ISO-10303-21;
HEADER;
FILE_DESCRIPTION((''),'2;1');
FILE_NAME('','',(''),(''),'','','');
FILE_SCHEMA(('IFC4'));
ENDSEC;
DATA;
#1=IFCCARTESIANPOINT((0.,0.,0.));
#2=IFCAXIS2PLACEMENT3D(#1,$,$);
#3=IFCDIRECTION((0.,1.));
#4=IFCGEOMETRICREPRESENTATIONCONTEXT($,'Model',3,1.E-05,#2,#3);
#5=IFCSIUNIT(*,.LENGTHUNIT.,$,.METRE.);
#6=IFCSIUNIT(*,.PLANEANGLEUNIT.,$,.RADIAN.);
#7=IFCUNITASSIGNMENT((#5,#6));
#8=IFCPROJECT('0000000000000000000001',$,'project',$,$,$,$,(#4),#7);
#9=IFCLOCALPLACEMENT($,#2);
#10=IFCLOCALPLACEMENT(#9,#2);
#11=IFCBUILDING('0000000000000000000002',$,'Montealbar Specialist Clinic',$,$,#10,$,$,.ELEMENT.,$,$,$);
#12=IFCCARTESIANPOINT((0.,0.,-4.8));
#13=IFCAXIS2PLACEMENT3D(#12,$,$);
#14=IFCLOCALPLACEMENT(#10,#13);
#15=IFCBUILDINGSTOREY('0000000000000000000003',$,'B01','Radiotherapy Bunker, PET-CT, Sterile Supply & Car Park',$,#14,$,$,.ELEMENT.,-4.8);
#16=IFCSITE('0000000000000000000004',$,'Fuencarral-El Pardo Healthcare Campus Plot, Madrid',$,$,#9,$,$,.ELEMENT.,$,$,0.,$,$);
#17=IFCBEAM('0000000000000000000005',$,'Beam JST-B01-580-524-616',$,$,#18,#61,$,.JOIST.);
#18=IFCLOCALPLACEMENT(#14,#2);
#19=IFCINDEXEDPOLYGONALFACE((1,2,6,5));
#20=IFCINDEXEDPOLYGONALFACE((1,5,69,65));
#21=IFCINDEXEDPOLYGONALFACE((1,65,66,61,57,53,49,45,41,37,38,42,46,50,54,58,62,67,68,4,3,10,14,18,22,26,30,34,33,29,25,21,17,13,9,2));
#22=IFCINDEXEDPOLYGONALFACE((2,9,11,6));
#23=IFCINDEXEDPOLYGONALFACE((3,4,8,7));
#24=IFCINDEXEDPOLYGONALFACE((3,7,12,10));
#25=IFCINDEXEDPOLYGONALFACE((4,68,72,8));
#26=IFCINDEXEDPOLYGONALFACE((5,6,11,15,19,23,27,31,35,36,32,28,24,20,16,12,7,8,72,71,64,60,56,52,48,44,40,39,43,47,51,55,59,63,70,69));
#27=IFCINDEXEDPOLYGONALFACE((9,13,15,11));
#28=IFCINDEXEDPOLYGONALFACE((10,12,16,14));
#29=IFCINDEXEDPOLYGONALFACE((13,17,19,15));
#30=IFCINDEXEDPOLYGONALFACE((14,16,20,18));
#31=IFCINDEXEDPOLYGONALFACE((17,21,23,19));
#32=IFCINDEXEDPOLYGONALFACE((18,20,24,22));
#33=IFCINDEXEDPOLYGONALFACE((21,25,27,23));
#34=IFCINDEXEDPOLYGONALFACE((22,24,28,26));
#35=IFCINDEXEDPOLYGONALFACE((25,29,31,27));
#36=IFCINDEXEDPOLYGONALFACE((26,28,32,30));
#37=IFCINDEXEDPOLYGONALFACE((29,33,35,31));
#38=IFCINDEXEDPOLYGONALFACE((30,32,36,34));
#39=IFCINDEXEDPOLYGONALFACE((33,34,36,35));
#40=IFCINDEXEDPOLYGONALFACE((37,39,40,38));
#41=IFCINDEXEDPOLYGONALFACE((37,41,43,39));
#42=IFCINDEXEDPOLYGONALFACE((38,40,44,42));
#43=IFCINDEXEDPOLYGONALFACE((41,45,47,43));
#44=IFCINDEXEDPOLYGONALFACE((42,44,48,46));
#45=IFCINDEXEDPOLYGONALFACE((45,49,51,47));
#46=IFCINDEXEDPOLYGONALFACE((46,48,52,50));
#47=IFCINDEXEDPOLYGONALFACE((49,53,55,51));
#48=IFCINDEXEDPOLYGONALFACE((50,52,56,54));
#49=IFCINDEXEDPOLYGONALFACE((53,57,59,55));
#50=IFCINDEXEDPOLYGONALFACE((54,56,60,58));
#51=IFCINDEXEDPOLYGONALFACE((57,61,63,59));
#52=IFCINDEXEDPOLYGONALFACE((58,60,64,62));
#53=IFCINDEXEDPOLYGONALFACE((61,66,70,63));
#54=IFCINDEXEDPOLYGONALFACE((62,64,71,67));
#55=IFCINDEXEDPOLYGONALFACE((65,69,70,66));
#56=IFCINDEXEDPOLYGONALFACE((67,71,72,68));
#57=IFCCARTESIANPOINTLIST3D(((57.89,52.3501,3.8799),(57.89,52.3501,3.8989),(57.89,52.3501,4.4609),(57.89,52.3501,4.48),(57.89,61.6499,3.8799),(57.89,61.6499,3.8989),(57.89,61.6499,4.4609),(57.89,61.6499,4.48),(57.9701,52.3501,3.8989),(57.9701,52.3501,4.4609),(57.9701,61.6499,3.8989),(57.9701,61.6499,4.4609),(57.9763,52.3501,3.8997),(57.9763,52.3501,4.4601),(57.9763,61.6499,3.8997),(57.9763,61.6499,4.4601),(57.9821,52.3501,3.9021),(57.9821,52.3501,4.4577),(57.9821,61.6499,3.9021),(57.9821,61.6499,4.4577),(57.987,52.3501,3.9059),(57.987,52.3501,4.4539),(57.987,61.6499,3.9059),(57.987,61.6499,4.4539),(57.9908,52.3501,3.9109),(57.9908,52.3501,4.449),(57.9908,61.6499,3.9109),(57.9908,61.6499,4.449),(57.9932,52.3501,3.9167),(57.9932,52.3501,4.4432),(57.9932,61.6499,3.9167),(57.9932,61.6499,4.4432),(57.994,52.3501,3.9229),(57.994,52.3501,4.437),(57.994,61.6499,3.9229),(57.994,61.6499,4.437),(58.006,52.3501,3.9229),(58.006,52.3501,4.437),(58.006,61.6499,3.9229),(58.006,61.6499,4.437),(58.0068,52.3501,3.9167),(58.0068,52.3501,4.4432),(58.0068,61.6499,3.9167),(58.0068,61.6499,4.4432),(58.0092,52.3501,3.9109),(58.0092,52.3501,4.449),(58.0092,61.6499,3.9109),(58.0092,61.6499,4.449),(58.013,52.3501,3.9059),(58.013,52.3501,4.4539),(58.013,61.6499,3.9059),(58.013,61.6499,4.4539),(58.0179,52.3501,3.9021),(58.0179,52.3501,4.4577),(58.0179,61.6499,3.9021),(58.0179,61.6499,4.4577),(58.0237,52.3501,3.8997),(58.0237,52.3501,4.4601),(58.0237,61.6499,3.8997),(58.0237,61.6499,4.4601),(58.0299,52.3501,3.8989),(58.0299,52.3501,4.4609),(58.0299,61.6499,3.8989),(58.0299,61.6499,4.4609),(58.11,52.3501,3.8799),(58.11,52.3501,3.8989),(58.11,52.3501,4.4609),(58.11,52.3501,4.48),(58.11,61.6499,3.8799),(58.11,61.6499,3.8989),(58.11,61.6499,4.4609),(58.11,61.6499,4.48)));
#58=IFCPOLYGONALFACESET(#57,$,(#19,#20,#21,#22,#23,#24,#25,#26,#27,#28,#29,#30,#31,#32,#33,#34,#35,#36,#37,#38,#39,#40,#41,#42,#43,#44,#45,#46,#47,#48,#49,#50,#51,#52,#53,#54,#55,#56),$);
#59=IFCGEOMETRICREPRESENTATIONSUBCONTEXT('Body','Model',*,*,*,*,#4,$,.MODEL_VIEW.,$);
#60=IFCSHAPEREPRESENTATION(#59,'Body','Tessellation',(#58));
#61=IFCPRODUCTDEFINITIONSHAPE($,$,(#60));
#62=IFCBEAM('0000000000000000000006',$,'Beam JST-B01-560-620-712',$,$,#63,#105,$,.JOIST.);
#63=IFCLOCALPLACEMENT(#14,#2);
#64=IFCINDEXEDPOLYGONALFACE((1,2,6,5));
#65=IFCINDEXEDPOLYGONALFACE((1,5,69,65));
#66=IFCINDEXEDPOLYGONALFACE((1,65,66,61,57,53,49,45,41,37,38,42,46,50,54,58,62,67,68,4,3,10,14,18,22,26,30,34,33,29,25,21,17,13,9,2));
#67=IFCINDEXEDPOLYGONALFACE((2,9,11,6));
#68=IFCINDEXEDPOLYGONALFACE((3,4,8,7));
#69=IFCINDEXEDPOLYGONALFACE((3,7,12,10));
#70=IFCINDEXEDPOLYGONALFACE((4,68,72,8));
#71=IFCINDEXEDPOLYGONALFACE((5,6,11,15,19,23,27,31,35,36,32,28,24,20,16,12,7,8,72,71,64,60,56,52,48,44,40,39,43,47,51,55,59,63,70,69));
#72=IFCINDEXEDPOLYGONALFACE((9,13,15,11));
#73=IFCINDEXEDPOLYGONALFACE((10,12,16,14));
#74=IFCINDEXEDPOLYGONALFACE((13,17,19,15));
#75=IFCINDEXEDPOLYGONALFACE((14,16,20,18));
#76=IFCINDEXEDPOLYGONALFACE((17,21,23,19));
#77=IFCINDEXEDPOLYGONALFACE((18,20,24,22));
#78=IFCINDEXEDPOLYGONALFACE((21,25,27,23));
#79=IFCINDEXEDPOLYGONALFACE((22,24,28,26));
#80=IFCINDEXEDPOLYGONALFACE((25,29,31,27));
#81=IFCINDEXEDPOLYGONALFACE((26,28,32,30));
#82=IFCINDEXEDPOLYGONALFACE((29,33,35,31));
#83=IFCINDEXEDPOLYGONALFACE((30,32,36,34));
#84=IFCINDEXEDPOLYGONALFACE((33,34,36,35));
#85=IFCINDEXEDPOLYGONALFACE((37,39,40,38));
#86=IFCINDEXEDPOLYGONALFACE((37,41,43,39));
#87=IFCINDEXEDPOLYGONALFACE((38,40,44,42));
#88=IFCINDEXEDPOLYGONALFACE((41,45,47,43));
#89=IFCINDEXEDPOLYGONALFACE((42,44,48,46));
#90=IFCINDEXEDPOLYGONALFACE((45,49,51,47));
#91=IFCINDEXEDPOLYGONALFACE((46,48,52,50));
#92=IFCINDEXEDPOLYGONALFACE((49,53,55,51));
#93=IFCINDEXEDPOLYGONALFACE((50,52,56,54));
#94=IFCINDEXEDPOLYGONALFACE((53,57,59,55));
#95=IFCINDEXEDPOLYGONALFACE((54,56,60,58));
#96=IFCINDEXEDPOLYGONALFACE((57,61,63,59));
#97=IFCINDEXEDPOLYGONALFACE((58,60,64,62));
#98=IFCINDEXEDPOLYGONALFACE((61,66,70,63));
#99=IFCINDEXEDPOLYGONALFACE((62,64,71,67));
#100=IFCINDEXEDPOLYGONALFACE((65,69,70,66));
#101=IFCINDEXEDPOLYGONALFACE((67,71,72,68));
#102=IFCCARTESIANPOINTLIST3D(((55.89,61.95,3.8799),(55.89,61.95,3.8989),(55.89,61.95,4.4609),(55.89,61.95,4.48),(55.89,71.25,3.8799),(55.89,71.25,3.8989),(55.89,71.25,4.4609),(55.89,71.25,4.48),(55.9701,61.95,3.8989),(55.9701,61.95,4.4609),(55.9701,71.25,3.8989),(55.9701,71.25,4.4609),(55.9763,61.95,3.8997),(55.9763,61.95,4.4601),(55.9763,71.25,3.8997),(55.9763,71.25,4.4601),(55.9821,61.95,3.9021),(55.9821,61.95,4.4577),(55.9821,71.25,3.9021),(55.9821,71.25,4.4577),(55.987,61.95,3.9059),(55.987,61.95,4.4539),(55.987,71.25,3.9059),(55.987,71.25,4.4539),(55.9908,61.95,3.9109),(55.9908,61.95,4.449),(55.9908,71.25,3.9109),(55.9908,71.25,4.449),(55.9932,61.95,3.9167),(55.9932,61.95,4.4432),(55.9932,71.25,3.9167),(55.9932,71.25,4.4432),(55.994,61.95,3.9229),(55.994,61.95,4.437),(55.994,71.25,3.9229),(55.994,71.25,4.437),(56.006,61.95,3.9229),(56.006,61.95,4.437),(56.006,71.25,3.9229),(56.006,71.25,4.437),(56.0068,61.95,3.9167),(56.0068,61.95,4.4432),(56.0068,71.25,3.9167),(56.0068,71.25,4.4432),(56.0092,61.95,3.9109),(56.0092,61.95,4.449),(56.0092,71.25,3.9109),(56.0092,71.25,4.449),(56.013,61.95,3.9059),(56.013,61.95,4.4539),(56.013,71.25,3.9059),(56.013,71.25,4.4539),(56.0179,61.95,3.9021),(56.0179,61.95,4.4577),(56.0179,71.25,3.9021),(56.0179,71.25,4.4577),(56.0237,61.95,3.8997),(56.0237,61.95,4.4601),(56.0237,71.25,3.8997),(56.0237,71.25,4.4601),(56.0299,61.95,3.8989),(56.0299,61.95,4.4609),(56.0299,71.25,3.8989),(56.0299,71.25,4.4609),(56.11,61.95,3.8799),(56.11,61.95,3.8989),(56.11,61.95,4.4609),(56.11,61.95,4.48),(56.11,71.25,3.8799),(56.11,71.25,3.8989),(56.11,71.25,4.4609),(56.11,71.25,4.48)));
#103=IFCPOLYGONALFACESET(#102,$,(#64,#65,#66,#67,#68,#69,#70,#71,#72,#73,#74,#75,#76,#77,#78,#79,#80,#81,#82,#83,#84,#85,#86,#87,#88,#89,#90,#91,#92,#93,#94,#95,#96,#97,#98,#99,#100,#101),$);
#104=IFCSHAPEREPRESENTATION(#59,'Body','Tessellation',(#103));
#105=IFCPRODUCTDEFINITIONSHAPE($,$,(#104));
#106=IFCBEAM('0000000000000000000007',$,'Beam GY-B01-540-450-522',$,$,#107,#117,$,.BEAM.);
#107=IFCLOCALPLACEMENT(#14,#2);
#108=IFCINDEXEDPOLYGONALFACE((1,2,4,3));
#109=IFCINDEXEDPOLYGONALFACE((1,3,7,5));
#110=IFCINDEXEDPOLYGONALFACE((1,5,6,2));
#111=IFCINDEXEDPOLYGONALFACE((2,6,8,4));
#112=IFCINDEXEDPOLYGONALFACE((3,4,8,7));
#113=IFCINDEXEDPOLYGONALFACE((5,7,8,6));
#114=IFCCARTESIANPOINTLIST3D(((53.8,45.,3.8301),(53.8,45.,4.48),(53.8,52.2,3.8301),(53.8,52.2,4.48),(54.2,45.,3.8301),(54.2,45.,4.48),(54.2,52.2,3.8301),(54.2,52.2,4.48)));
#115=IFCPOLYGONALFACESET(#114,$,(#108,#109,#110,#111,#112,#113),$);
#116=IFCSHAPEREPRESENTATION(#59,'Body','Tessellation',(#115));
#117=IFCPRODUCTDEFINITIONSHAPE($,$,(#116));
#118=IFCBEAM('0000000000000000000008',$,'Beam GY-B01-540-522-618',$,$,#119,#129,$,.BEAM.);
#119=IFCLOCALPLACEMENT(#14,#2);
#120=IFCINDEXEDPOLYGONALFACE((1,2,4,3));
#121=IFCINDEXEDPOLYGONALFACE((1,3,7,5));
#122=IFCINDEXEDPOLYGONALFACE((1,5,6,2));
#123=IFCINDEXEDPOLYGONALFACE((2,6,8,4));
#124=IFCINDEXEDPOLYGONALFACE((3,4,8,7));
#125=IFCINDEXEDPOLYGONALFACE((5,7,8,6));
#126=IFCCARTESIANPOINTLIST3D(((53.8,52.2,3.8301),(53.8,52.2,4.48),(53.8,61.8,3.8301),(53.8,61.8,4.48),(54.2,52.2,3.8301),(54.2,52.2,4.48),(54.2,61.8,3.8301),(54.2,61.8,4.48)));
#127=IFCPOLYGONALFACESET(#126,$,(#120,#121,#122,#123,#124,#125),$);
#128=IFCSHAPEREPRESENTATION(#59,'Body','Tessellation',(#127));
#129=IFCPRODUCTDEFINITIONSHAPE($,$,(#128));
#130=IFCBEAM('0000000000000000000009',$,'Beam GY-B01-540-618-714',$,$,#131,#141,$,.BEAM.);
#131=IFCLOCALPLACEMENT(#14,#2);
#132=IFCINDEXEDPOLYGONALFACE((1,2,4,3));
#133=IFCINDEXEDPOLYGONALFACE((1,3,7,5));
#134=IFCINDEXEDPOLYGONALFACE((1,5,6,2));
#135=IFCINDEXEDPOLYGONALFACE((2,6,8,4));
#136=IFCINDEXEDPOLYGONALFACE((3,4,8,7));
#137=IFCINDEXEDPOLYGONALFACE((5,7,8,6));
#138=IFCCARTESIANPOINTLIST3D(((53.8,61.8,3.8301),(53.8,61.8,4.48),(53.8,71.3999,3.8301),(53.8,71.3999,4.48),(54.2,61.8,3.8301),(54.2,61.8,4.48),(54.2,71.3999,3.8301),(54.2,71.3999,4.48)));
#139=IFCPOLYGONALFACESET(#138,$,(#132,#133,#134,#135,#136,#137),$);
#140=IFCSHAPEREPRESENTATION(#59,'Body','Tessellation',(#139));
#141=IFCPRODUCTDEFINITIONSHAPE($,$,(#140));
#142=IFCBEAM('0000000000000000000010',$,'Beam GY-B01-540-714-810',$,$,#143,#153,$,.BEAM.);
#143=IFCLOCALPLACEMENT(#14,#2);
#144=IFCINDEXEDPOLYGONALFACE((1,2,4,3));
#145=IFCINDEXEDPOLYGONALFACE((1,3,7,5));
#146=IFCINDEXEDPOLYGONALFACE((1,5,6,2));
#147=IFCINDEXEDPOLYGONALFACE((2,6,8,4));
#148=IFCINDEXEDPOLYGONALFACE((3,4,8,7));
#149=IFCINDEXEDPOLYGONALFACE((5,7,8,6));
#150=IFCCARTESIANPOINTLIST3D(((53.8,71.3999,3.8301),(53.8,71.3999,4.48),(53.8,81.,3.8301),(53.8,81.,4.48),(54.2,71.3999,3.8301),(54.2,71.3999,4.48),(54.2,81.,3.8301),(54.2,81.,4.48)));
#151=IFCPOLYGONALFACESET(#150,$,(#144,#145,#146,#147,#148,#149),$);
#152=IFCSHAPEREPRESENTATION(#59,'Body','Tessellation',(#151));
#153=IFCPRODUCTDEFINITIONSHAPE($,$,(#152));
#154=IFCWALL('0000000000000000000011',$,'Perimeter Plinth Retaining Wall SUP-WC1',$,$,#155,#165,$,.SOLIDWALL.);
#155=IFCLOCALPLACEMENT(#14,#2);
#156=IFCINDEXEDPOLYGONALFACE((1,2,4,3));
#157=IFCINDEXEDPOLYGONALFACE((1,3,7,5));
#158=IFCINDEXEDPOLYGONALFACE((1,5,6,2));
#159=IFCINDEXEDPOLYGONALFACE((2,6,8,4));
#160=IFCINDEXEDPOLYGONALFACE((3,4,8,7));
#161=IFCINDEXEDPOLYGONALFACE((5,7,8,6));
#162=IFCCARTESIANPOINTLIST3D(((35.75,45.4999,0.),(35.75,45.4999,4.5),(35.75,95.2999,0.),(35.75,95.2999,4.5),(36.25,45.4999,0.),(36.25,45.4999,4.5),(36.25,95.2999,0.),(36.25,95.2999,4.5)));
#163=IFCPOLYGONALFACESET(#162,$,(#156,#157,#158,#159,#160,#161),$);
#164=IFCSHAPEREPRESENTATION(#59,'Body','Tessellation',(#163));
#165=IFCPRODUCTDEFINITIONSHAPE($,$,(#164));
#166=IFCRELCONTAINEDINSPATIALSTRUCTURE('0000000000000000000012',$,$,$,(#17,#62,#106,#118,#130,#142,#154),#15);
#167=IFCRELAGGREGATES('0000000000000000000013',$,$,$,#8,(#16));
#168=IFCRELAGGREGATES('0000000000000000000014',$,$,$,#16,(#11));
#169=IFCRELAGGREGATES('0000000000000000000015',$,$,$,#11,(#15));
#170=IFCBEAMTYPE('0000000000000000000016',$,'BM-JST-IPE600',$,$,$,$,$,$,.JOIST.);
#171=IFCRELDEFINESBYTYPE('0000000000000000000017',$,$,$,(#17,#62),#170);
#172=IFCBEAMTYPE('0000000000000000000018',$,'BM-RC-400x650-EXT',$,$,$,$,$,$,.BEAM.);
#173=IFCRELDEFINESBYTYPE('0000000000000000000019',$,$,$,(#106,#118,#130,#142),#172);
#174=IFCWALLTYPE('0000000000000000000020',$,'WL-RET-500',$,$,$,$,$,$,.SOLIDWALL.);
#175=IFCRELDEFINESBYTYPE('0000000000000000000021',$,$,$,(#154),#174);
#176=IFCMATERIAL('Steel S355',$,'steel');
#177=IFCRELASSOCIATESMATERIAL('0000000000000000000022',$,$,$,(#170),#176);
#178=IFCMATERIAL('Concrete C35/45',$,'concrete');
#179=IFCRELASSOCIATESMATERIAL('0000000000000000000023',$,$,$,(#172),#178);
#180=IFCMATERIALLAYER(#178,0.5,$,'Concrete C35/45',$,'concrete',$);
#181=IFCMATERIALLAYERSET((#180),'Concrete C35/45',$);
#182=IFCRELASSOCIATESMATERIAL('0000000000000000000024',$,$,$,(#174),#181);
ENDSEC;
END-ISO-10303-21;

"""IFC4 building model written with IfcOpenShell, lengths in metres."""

from ifc_helpers import new_model, si_unit, direction, frame, frame_2d, origin, origin_2d, place, context, subcontext, project, spatial, rectangle, i_section, extrude, material, layer, layer_set, material_profile, profile_set, type_object, element, save


model = new_model("IFC4")

# Units and contexts
model_context = context("Model", 3, precision=1e-05, world=origin(), true_north=direction((0.0, 1.0)))
body_context = subcontext(model_context, "Body", "Model", "MODEL_VIEW")
ifc_project = project(units=[si_unit("LENGTHUNIT", "METRE"), si_unit("PLANEANGLEUNIT", "RADIAN")], contexts=[model_context])

# Site, building, storey
site_placement = place(None, origin())
site = spatial("IfcSite", under=ifc_project, at=site_placement, Name="Fuencarral-El Pardo Healthcare Campus Plot, Madrid", CompositionType="ELEMENT", RefElevation=0.0)
building_placement = place(site_placement, origin())
building = spatial("IfcBuilding", under=site, at=building_placement, Name="Montealbar Specialist Clinic", CompositionType="ELEMENT")
storey_placement = place(building_placement, frame((0.0, 0.0, -4.8)))
storey = spatial("IfcBuildingStorey", under=building, at=storey_placement, Name="B01", Description="Radiotherapy Bunker, PET-CT, Sterile Supply & Car Park", CompositionType="ELEMENT", Elevation=-4.8)

# Shared definitions
ifc_material_1 = material(Name="Concrete C35/45", Category="concrete")

# Shared definitions
ifc_material_2 = material(Name="Steel S355", Category="steel")

# Beams
ifc_material_profile_1 = material_profile(ifc_material_2, i_section(OverallWidth=0.22, OverallDepth=0.6001, WebThickness=0.012, FlangeThickness=0.019, FilletRadius=0.0239, at=origin_2d()), Name="IPE 600", Category="steel")
ifc_profile_set_1 = profile_set([ifc_material_profile_1], Name="Steel S355")
beam_type_1 = type_object("IfcBeamType", Name="BM-JST-IPE600", PredefinedType="JOIST", material=ifc_profile_set_1)
beam_1_placement = place(storey_placement, frame((58.0, 52.3501, 4.1799), z_axis=(0.0, 1.0, 0.0), x_axis=(-1.0, 0.0, 0.0)))
element("IfcBeam", 1, at=beam_1_placement, inside=storey, type_object=beam_type_1, Name="Beam JST-B01-580-524-616", PredefinedType="JOIST", context=body_context, shape_type="SweptSolid", body=[
    extrude(i_section(OverallWidth=0.22, OverallDepth=0.6001, WebThickness=0.012, FlangeThickness=0.019, FilletRadius=0.0239, at=origin_2d()), origin(), (0.0, 0.0, 1.0), 9.2998),
])
beam_2_placement = place(storey_placement, frame((56.0, 61.95, 4.1799), z_axis=(0.0, 1.0, 0.0), x_axis=(-1.0, 0.0, 0.0)))
element("IfcBeam", 2, at=beam_2_placement, inside=storey, type_object=beam_type_1, Name="Beam JST-B01-560-620-712", PredefinedType="JOIST", context=body_context, shape_type="SweptSolid", body=[
    extrude(i_section(OverallWidth=0.22, OverallDepth=0.6001, WebThickness=0.012, FlangeThickness=0.019, FilletRadius=0.0239, at=origin_2d()), origin(), (0.0, 0.0, 1.0), 9.3),
])
ifc_material_profile_2 = material_profile(ifc_material_1, rectangle(XDim=0.3999, YDim=0.6499, at=origin_2d()), Name="RC 400x650", Category="concrete")
ifc_profile_set_2 = profile_set([ifc_material_profile_2], Name="Concrete C35/45")
beam_type_2 = type_object("IfcBeamType", Name="BM-RC-400x650-EXT", PredefinedType="BEAM", material=ifc_profile_set_2)
beam_3_placement = place(storey_placement, frame((54.0, 45.0, 4.155), z_axis=(0.0, 1.0, 0.0), x_axis=(-1.0, 0.0, 0.0)))
element("IfcBeam", 3, at=beam_3_placement, inside=storey, type_object=beam_type_2, Name="Beam GY-B01-540-450-522", PredefinedType="BEAM", context=body_context, shape_type="SweptSolid", body=[
    extrude(rectangle(XDim=0.3999, YDim=0.6499, at=origin_2d()), origin(), (0.0, 0.0, 1.0), 7.2),
])
beam_4_placement = place(storey_placement, frame((54.0, 52.2, 4.155), z_axis=(0.0, 1.0, 0.0), x_axis=(-1.0, 0.0, 0.0)))
element("IfcBeam", 4, at=beam_4_placement, inside=storey, type_object=beam_type_2, Name="Beam GY-B01-540-522-618", PredefinedType="BEAM", context=body_context, shape_type="SweptSolid", body=[
    extrude(rectangle(XDim=0.3999, YDim=0.6499, at=origin_2d()), origin(), (0.0, 0.0, 1.0), 9.6001),
])
beam_5_placement = place(storey_placement, frame((54.0, 61.8, 4.155), z_axis=(0.0, 1.0, 0.0), x_axis=(-1.0, 0.0, 0.0)))
element("IfcBeam", 5, at=beam_5_placement, inside=storey, type_object=beam_type_2, Name="Beam GY-B01-540-618-714", PredefinedType="BEAM", context=body_context, shape_type="SweptSolid", body=[
    extrude(rectangle(XDim=0.3999, YDim=0.6499, at=origin_2d()), origin(), (0.0, 0.0, 1.0), 9.5999),
])
beam_6_placement = place(storey_placement, frame((54.0, 71.3999, 4.155), z_axis=(0.0, 1.0, 0.0), x_axis=(-1.0, 0.0, 0.0)))
element("IfcBeam", 6, at=beam_6_placement, inside=storey, type_object=beam_type_2, Name="Beam GY-B01-540-714-810", PredefinedType="BEAM", context=body_context, shape_type="SweptSolid", body=[
    extrude(rectangle(XDim=0.3999, YDim=0.6499, at=origin_2d()), origin(), (0.0, 0.0, 1.0), 9.6001),
])

# Wall
ifc_layer = layer(ifc_material_1, 0.5, Name="Concrete C35/45", Category="concrete")
ifc_layer_set = layer_set([ifc_layer], Name="Concrete C35/45")
wall_type = type_object("IfcWallType", Name="WL-RET-500", PredefinedType="SOLIDWALL", material=ifc_layer_set)
wall_placement = place(storey_placement, frame((36.0, 45.5, 0.0), z_axis=(0.0, 0.0, 1.0), x_axis=(0.0, 1.0, 0.0)))
element("IfcWall", 7, at=wall_placement, inside=storey, type_object=wall_type, Name="Perimeter Plinth Retaining Wall SUP-WC1", PredefinedType="SOLIDWALL", context=body_context, shape_type="SweptSolid", body=[
    extrude(rectangle(XDim=49.8, YDim=0.5, at=frame_2d((24.8999, 0.0))), origin(), (0.0, 0.0, 1.0), 4.5),
])

save(model, "model.ifc")
